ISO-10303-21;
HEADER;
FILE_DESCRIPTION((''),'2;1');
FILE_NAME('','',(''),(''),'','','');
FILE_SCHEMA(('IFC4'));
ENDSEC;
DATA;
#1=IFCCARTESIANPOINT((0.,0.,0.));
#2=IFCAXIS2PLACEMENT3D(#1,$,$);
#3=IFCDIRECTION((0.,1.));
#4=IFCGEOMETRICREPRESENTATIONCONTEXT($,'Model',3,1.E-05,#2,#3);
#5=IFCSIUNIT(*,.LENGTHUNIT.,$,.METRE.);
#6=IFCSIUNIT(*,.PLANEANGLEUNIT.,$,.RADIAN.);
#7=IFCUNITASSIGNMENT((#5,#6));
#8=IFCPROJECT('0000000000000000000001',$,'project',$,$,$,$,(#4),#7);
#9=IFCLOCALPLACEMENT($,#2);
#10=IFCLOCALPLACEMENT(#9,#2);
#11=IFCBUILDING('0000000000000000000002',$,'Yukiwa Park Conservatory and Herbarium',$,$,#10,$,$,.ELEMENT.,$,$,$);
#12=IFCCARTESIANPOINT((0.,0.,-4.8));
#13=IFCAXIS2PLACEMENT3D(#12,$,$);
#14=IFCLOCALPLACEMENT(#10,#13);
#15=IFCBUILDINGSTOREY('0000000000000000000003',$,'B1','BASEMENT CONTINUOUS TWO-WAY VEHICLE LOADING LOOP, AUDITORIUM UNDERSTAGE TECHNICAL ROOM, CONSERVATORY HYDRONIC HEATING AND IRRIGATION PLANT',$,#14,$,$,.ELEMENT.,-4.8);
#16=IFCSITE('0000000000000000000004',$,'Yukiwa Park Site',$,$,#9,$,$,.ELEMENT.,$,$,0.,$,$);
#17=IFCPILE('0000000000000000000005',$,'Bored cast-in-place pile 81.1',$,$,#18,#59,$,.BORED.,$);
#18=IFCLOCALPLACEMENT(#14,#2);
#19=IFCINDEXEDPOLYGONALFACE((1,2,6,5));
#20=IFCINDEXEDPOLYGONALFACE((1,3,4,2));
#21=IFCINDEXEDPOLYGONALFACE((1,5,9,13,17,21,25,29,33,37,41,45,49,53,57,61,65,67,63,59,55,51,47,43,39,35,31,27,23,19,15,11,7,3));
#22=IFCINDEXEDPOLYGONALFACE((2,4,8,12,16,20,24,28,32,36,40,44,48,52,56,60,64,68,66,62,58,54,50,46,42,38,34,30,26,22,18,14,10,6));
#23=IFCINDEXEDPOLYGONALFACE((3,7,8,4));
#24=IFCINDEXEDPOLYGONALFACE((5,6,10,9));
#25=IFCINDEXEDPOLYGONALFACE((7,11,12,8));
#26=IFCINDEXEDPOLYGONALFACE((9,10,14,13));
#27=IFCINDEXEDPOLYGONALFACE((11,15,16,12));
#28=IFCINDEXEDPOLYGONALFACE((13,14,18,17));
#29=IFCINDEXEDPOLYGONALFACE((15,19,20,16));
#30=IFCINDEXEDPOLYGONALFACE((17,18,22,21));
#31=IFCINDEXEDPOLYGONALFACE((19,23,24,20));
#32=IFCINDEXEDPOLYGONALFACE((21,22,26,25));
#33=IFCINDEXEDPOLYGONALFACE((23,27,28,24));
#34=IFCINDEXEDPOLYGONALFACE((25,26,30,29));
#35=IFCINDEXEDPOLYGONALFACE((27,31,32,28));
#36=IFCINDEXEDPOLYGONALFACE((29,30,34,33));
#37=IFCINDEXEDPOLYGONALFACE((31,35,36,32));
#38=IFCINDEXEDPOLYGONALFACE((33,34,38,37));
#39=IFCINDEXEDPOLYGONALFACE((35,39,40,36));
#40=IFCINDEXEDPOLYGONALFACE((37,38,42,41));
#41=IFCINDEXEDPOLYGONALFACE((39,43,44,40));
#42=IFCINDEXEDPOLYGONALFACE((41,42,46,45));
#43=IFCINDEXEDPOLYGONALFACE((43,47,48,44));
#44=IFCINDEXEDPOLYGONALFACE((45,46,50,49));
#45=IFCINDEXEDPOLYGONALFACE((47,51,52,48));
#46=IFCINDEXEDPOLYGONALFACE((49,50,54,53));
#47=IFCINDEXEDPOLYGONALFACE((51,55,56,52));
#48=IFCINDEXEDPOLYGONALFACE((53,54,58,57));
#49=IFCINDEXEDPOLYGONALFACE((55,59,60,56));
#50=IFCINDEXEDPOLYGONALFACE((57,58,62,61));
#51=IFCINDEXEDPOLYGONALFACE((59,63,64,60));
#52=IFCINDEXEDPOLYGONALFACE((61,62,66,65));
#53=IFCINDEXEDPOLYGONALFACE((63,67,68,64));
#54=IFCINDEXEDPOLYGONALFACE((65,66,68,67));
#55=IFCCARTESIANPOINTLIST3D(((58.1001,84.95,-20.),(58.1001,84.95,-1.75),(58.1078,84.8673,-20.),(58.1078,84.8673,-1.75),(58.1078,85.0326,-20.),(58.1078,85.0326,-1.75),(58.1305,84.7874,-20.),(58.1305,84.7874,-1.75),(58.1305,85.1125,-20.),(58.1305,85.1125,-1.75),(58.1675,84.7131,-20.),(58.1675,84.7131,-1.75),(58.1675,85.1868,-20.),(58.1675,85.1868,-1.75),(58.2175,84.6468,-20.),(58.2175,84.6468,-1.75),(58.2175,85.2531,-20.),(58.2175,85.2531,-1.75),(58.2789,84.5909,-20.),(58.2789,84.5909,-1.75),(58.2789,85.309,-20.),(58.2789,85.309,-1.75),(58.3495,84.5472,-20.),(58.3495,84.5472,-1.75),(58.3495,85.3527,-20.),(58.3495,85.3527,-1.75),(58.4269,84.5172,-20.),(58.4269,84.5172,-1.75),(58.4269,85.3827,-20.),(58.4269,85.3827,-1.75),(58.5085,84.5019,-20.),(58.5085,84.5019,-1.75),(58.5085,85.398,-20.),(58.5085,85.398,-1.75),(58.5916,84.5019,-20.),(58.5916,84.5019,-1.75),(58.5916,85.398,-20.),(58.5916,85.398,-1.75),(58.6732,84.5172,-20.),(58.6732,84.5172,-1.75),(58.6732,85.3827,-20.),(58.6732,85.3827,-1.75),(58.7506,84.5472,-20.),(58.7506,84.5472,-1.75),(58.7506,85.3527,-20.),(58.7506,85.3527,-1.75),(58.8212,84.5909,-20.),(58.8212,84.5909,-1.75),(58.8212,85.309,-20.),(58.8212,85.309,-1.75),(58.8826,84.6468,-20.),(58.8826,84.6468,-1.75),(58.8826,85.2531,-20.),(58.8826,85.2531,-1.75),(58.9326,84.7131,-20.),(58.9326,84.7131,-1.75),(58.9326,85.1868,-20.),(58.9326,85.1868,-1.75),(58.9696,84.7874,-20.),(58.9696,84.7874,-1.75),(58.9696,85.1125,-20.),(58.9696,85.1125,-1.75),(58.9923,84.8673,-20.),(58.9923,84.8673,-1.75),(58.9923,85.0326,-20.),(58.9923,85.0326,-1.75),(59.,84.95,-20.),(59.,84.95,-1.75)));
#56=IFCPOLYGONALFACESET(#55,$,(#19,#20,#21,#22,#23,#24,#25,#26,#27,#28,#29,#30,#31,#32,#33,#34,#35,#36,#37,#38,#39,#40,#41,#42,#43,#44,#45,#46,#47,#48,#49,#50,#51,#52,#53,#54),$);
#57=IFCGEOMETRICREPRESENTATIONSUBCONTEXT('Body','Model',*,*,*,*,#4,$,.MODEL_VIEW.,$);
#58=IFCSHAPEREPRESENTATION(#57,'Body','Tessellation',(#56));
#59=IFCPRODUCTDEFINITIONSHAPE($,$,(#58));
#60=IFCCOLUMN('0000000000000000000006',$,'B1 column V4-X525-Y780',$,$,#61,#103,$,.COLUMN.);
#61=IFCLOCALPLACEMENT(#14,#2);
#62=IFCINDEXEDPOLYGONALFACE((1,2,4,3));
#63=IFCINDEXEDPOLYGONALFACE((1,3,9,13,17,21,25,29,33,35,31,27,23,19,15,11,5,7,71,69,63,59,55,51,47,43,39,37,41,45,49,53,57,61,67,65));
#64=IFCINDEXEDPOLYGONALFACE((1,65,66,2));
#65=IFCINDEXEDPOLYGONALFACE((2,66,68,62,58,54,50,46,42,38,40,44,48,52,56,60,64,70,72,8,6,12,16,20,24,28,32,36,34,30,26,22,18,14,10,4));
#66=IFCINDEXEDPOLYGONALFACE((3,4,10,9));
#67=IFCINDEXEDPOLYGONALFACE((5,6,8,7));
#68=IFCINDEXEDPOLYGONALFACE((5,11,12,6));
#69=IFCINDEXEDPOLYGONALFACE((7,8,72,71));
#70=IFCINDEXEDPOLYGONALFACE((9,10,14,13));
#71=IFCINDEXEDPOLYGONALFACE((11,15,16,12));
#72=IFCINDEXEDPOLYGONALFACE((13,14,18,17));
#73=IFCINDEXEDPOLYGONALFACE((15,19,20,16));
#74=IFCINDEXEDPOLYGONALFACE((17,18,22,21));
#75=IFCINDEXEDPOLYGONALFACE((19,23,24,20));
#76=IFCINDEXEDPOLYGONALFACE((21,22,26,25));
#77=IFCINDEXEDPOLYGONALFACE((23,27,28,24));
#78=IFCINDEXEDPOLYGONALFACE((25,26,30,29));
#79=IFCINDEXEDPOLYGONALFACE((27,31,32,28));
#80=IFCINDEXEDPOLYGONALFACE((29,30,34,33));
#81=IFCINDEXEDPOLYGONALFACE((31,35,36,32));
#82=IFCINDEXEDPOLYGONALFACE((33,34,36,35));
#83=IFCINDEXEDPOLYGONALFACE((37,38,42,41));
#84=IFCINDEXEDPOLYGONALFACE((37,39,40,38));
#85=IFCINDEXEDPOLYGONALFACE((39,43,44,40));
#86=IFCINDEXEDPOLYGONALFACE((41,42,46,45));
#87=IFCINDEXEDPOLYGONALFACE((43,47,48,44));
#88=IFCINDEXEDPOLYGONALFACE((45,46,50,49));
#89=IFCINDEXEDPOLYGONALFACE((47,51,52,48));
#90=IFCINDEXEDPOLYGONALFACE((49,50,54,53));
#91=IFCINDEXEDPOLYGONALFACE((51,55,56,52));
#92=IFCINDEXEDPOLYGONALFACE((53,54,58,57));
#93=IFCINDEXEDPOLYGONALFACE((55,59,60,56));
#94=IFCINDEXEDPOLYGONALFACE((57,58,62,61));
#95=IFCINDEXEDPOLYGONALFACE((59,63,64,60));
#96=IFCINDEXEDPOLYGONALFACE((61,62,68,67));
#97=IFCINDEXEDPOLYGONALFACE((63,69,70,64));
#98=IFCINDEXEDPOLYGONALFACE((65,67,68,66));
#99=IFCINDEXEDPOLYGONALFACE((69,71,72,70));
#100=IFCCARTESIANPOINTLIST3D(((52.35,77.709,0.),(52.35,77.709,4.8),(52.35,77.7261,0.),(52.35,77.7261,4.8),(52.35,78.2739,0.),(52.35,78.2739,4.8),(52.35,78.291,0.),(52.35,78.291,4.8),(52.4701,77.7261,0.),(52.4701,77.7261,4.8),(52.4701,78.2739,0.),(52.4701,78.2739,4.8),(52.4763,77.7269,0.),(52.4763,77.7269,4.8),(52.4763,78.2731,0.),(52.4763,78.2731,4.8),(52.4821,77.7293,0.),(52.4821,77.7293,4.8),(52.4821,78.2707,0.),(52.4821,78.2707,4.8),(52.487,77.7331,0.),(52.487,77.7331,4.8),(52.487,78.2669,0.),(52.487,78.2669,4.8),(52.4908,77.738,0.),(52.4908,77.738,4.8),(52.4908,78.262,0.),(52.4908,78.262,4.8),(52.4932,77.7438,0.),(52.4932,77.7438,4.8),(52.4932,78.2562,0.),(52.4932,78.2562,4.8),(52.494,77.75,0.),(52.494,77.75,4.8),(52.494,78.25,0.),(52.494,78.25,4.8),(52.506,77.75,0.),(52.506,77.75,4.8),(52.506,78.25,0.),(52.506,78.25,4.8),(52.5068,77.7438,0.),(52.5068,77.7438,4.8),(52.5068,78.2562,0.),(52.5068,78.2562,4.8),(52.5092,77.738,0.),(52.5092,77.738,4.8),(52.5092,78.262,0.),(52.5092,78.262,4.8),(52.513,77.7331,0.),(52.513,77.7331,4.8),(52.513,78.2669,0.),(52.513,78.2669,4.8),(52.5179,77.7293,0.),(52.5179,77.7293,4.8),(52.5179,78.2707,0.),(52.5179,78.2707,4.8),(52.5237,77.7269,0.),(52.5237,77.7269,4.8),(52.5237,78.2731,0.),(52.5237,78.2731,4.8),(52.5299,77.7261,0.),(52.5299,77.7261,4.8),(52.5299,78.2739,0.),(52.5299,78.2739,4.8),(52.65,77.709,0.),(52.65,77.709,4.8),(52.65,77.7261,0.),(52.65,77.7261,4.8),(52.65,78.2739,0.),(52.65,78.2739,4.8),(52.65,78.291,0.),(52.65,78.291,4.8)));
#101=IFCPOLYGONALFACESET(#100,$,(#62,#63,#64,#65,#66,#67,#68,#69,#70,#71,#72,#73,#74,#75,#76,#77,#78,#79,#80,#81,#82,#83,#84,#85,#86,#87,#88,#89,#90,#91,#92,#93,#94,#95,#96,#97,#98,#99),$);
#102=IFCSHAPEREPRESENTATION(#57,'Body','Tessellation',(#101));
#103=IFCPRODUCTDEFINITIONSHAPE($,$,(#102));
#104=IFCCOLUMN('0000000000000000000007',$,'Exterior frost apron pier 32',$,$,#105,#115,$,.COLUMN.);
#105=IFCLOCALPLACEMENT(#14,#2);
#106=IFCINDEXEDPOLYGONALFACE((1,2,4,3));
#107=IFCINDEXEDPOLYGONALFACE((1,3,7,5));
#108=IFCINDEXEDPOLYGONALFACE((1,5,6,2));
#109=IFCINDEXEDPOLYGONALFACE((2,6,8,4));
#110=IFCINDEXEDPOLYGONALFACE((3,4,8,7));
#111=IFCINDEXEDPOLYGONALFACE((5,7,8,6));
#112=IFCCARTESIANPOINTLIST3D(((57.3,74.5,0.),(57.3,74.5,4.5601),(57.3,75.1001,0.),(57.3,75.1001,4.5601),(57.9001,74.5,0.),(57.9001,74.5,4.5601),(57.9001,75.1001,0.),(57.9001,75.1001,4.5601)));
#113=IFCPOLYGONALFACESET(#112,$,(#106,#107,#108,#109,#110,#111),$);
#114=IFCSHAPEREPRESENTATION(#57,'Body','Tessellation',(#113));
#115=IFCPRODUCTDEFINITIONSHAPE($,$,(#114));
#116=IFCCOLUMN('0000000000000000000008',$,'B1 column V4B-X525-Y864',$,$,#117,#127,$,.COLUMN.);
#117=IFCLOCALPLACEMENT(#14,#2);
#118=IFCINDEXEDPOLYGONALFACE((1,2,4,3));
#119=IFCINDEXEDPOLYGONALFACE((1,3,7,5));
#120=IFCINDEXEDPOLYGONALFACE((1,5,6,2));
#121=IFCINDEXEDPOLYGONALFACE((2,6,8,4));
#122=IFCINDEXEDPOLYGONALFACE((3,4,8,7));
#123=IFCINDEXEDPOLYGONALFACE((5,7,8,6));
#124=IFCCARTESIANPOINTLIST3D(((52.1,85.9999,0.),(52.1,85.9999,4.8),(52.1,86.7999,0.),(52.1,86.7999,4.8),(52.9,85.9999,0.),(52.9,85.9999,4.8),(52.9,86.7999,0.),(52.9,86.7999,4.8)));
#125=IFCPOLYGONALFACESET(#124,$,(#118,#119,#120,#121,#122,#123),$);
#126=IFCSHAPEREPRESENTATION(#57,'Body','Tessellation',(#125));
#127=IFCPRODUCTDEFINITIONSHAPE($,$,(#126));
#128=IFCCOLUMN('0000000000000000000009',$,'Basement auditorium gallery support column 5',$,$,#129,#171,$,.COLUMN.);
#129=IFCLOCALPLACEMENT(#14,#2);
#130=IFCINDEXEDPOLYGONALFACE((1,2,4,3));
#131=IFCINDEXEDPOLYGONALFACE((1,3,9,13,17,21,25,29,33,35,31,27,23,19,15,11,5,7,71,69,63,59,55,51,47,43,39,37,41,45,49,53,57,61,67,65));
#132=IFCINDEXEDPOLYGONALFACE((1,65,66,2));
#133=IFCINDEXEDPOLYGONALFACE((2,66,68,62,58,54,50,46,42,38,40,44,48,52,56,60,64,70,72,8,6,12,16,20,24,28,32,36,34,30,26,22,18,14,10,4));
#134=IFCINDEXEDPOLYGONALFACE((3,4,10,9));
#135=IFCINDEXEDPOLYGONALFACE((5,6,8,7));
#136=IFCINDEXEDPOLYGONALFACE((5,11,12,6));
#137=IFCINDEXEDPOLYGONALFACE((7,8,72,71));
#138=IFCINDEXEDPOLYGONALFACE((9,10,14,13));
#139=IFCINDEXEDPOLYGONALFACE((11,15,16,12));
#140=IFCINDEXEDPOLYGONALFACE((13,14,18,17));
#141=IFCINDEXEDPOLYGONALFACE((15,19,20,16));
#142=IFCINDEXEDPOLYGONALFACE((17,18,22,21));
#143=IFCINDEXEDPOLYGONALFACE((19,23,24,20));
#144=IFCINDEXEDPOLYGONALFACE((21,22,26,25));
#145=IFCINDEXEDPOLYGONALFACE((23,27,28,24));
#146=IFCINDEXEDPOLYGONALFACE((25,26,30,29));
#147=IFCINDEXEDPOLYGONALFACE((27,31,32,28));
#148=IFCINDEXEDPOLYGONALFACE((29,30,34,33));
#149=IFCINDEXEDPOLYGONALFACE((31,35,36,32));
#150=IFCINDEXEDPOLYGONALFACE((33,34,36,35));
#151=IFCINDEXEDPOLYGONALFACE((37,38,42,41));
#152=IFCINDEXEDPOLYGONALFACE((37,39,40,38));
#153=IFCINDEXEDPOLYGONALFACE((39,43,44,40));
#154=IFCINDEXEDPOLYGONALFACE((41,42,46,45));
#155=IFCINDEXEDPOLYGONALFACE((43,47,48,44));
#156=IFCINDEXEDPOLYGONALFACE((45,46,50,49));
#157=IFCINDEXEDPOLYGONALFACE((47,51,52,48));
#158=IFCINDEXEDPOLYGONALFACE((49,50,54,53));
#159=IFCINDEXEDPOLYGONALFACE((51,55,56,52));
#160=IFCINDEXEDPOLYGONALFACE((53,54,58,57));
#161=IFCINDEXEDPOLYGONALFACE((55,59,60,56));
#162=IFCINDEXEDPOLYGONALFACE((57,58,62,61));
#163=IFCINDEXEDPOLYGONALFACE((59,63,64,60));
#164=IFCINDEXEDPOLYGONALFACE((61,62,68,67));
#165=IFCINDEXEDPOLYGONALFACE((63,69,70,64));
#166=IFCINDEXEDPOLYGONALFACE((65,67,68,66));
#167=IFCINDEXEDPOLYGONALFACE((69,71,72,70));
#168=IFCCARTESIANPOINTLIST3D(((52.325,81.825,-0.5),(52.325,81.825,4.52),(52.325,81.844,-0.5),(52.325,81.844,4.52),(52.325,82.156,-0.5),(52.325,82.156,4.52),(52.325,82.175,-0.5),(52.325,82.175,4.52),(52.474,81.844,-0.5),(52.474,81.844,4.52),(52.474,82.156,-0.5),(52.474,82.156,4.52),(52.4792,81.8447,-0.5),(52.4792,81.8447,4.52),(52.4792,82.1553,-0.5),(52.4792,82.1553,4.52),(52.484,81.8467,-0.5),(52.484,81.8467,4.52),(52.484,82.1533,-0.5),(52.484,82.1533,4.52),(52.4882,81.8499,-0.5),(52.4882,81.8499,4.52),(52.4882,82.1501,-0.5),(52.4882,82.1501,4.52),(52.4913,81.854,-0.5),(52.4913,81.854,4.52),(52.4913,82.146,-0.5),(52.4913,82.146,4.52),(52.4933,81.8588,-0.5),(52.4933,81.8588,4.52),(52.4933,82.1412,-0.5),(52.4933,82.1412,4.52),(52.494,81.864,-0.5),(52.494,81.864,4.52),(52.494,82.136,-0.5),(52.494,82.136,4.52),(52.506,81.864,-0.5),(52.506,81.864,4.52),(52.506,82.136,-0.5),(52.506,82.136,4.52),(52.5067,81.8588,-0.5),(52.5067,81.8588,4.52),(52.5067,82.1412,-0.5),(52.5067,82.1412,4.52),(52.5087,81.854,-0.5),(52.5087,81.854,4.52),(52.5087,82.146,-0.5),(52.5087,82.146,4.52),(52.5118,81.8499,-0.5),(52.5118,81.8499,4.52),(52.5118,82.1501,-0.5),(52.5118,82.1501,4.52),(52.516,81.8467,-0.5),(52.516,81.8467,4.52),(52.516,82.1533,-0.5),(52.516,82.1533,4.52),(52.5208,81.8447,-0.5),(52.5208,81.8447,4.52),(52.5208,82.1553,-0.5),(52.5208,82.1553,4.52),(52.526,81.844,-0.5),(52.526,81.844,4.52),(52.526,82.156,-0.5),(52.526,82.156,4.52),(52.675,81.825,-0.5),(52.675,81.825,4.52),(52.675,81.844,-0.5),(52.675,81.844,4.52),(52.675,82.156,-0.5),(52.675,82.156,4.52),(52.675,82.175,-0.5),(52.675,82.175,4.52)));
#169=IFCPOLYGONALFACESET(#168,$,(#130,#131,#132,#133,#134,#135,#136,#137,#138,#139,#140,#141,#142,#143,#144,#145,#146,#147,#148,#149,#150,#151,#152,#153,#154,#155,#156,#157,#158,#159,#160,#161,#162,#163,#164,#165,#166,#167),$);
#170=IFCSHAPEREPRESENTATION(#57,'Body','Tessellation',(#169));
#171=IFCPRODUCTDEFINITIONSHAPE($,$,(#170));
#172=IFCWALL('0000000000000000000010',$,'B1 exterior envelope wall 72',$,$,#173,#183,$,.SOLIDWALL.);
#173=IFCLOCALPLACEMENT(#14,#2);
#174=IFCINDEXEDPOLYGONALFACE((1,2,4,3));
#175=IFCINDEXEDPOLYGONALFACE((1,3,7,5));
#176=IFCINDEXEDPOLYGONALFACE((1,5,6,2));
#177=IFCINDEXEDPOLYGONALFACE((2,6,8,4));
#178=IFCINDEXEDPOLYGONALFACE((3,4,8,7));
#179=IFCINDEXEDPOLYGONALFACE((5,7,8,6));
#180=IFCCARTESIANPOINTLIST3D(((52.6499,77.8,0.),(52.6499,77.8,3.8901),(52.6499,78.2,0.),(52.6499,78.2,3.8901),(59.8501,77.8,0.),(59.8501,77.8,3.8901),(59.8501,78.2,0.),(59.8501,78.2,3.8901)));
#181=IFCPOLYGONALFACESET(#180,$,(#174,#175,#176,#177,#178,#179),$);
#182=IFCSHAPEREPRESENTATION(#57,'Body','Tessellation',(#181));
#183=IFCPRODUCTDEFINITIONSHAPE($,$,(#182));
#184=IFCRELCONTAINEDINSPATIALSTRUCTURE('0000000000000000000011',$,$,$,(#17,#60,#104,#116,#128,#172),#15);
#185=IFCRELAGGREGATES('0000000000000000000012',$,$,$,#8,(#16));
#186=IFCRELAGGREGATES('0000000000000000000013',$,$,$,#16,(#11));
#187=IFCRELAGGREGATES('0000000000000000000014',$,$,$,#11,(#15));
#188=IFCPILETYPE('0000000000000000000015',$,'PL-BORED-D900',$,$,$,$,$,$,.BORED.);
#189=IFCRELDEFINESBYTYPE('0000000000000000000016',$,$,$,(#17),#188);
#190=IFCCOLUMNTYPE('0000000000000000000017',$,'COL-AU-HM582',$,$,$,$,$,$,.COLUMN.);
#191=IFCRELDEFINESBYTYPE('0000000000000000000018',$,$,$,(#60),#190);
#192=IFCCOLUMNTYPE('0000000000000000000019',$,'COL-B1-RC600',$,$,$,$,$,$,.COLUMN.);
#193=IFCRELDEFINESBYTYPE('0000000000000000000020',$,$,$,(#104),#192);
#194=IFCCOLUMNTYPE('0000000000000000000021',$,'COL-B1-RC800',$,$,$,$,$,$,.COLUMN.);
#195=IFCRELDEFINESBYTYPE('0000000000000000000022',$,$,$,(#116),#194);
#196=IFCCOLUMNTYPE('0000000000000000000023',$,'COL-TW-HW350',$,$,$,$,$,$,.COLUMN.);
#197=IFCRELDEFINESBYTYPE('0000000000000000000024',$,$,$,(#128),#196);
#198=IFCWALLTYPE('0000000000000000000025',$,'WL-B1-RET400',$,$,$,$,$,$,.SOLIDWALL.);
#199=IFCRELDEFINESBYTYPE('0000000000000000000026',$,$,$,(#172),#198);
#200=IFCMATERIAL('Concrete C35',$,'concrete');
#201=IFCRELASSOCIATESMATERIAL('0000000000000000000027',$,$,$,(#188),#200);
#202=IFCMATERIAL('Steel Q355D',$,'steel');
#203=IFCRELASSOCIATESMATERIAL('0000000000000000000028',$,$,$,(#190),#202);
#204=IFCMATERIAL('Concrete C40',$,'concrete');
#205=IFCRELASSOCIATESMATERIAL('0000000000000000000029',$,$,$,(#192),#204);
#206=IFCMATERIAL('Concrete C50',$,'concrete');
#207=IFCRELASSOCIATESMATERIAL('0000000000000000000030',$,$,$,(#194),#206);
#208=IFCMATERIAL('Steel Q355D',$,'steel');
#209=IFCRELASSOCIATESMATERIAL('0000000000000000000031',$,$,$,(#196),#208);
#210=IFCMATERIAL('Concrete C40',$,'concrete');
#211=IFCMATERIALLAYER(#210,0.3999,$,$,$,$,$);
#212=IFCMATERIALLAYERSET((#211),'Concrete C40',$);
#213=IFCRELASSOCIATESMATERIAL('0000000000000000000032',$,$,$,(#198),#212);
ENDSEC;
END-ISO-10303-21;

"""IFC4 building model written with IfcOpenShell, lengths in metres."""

from ifc_helpers import new_model, si_unit, direction, frame, frame_2d, origin, origin_2d, place, context, subcontext, project, spatial, rectangle, circle, i_section, extrude, material, layer, layer_set, material_profile, profile_set, type_object, element, save


model = new_model("IFC4")

# Units and contexts
model_context = context("Model", 3, precision=1e-05, world=origin(), true_north=direction((0.0, 1.0)))
body_context = subcontext(model_context, "Body", "Model", "MODEL_VIEW")
ifc_project = project(units=[si_unit("LENGTHUNIT", "METRE"), si_unit("PLANEANGLEUNIT", "RADIAN")], contexts=[model_context])

# Site, building, storey
site_placement = place(None, origin())
site = spatial("IfcSite", under=ifc_project, at=site_placement, Name="Yukiwa Park Site", CompositionType="ELEMENT", RefElevation=0.0)
building_placement = place(site_placement, origin())
building = spatial("IfcBuilding", under=site, at=building_placement, Name="Yukiwa Park Conservatory and Herbarium", CompositionType="ELEMENT")
storey_placement = place(building_placement, frame((0.0, 0.0, -4.8)))
storey = spatial("IfcBuildingStorey", under=building, at=storey_placement, Name="B1", Description="BASEMENT CONTINUOUS TWO-WAY VEHICLE LOADING LOOP, AUDITORIUM UNDERSTAGE TECHNICAL ROOM, CONSERVATORY HYDRONIC HEATING AND IRRIGATION PLANT", CompositionType="ELEMENT", Elevation=-4.8)

# Pile
ifc_material_1 = material(Name="Concrete C35", Category="concrete")
ifc_material_profile_1 = material_profile(ifc_material_1, circle(Radius=0.45, at=origin_2d()), Name="PILE D900")
ifc_profile_set_1 = profile_set([ifc_material_profile_1], Name="Concrete C35")
pile_type_1 = type_object("IfcPileType", Name="PL-BORED-D900", PredefinedType="BORED", material=ifc_profile_set_1)
pile_placement = place(storey_placement, frame((58.55, 84.95, -1.75), z_axis=(0.0, 0.0, -1.0), x_axis=(1.0, 0.0, 0.0)))
element("IfcPile", 1, at=pile_placement, inside=storey, type_object=pile_type_1, Name="Bored cast-in-place pile 81.1", PredefinedType="BORED", context=body_context, shape_type="SweptSolid", body=[
    extrude(circle(Radius=0.45, at=origin_2d()), origin(), (0.0, 0.0, 1.0), 18.25),
])

# Columns
ifc_material_2 = material(Name="Steel Q355D", Category="steel")
ifc_material_profile_2 = material_profile(ifc_material_2, i_section(OverallWidth=0.3, OverallDepth=0.582, WebThickness=0.012, FlangeThickness=0.0171, FilletRadius=0.0239, at=origin_2d()), Name="HM 582x300x12x17")
ifc_profile_set_2 = profile_set([ifc_material_profile_2], Name="Steel Q355D")
column_type_1 = type_object("IfcColumnType", Name="COL-AU-HM582", PredefinedType="COLUMN", material=ifc_profile_set_2)
column_1_placement = place(storey_placement, frame((52.5, 78.0, 0.0), z_axis=(0.0, 0.0, 1.0), x_axis=(1.0, 0.0, 0.0)))
element("IfcColumn", 2, at=column_1_placement, inside=storey, type_object=column_type_1, Name="B1 column V4-X525-Y780", PredefinedType="COLUMN", context=body_context, shape_type="SweptSolid", body=[
    extrude(i_section(OverallWidth=0.3, OverallDepth=0.582, WebThickness=0.012, FlangeThickness=0.0171, FilletRadius=0.0239, at=origin_2d()), origin(), (0.0, 0.0, 1.0), 4.8),
])
ifc_material_3 = material(Name="Concrete C40", Category="concrete")
ifc_material_profile_3 = material_profile(ifc_material_3, rectangle(XDim=0.6001, YDim=0.6001, at=origin_2d()), Name="RC 600x600")
ifc_profile_set_3 = profile_set([ifc_material_profile_3], Name="Concrete C40")
column_type_2 = type_object("IfcColumnType", Name="COL-B1-RC600", PredefinedType="COLUMN", material=ifc_profile_set_3)
column_2_placement = place(storey_placement, frame((57.6001, 74.8, 0.0), z_axis=(0.0, 0.0, 1.0), x_axis=(1.0, 0.0, 0.0)))
element("IfcColumn", 3, at=column_2_placement, inside=storey, type_object=column_type_2, Name="Exterior frost apron pier 32", PredefinedType="COLUMN", context=body_context, shape_type="SweptSolid", body=[
    extrude(rectangle(XDim=0.6001, YDim=0.6001, at=origin_2d()), origin(), (0.0, 0.0, 1.0), 4.5601),
])
ifc_material_4 = material(Name="Concrete C50", Category="concrete")
ifc_material_profile_4 = material_profile(ifc_material_4, rectangle(XDim=0.8, YDim=0.8, at=origin_2d()), Name="RC 800x800")
ifc_profile_set_4 = profile_set([ifc_material_profile_4], Name="Concrete C50")
column_type_3 = type_object("IfcColumnType", Name="COL-B1-RC800", PredefinedType="COLUMN", material=ifc_profile_set_4)
column_3_placement = place(storey_placement, frame((52.5, 86.3999, 0.0), z_axis=(0.0, 0.0, 1.0), x_axis=(1.0, 0.0, 0.0)))
element("IfcColumn", 4, at=column_3_placement, inside=storey, type_object=column_type_3, Name="B1 column V4B-X525-Y864", PredefinedType="COLUMN", context=body_context, shape_type="SweptSolid", body=[
    extrude(rectangle(XDim=0.8, YDim=0.8, at=origin_2d()), origin(), (0.0, 0.0, 1.0), 4.8),
])
ifc_material_5 = material(Name="Steel Q355D", Category="steel")
ifc_material_profile_5 = material_profile(ifc_material_5, i_section(OverallWidth=0.3501, OverallDepth=0.3501, WebThickness=0.012, FlangeThickness=0.019, FilletRadius=0.02, at=origin_2d()), Name="HW 350x350x12x19")
ifc_profile_set_5 = profile_set([ifc_material_profile_5], Name="Steel Q355D")
column_type_4 = type_object("IfcColumnType", Name="COL-TW-HW350", PredefinedType="COLUMN", material=ifc_profile_set_5)
column_4_placement = place(storey_placement, frame((52.5, 82.0, -0.5), z_axis=(0.0, 0.0, 1.0), x_axis=(1.0, 0.0, 0.0)))
element("IfcColumn", 5, at=column_4_placement, inside=storey, type_object=column_type_4, Name="Basement auditorium gallery support column 5", PredefinedType="COLUMN", context=body_context, shape_type="SweptSolid", body=[
    extrude(i_section(OverallWidth=0.3501, OverallDepth=0.3501, WebThickness=0.012, FlangeThickness=0.019, FilletRadius=0.02, at=origin_2d()), origin(), (0.0, 0.0, 1.0), 5.02),
])

# Wall
ifc_material_6 = material(Name="Concrete C40", Category="concrete")
ifc_layer_1 = layer(ifc_material_6, 0.3999)
ifc_layer_set_1 = layer_set([ifc_layer_1], Name="Concrete C40")
wall_type_1 = type_object("IfcWallType", Name="WL-B1-RET400", PredefinedType="SOLIDWALL", material=ifc_layer_set_1)
wall_1_placement = place(storey_placement, frame((52.6499, 78.0, 0.0), z_axis=(0.0, 0.0, 1.0), x_axis=(1.0, 0.0, 0.0)))
element("IfcWall", 6, at=wall_1_placement, inside=storey, type_object=wall_type_1, Name="B1 exterior envelope wall 72", PredefinedType="SOLIDWALL", context=body_context, shape_type="SweptSolid", body=[
    extrude(rectangle(XDim=7.2002, YDim=0.3999, at=frame_2d((3.6001, 0.0))), origin(), (0.0, 0.0, 1.0), 3.8901),
])

save(model, "model.ifc")
